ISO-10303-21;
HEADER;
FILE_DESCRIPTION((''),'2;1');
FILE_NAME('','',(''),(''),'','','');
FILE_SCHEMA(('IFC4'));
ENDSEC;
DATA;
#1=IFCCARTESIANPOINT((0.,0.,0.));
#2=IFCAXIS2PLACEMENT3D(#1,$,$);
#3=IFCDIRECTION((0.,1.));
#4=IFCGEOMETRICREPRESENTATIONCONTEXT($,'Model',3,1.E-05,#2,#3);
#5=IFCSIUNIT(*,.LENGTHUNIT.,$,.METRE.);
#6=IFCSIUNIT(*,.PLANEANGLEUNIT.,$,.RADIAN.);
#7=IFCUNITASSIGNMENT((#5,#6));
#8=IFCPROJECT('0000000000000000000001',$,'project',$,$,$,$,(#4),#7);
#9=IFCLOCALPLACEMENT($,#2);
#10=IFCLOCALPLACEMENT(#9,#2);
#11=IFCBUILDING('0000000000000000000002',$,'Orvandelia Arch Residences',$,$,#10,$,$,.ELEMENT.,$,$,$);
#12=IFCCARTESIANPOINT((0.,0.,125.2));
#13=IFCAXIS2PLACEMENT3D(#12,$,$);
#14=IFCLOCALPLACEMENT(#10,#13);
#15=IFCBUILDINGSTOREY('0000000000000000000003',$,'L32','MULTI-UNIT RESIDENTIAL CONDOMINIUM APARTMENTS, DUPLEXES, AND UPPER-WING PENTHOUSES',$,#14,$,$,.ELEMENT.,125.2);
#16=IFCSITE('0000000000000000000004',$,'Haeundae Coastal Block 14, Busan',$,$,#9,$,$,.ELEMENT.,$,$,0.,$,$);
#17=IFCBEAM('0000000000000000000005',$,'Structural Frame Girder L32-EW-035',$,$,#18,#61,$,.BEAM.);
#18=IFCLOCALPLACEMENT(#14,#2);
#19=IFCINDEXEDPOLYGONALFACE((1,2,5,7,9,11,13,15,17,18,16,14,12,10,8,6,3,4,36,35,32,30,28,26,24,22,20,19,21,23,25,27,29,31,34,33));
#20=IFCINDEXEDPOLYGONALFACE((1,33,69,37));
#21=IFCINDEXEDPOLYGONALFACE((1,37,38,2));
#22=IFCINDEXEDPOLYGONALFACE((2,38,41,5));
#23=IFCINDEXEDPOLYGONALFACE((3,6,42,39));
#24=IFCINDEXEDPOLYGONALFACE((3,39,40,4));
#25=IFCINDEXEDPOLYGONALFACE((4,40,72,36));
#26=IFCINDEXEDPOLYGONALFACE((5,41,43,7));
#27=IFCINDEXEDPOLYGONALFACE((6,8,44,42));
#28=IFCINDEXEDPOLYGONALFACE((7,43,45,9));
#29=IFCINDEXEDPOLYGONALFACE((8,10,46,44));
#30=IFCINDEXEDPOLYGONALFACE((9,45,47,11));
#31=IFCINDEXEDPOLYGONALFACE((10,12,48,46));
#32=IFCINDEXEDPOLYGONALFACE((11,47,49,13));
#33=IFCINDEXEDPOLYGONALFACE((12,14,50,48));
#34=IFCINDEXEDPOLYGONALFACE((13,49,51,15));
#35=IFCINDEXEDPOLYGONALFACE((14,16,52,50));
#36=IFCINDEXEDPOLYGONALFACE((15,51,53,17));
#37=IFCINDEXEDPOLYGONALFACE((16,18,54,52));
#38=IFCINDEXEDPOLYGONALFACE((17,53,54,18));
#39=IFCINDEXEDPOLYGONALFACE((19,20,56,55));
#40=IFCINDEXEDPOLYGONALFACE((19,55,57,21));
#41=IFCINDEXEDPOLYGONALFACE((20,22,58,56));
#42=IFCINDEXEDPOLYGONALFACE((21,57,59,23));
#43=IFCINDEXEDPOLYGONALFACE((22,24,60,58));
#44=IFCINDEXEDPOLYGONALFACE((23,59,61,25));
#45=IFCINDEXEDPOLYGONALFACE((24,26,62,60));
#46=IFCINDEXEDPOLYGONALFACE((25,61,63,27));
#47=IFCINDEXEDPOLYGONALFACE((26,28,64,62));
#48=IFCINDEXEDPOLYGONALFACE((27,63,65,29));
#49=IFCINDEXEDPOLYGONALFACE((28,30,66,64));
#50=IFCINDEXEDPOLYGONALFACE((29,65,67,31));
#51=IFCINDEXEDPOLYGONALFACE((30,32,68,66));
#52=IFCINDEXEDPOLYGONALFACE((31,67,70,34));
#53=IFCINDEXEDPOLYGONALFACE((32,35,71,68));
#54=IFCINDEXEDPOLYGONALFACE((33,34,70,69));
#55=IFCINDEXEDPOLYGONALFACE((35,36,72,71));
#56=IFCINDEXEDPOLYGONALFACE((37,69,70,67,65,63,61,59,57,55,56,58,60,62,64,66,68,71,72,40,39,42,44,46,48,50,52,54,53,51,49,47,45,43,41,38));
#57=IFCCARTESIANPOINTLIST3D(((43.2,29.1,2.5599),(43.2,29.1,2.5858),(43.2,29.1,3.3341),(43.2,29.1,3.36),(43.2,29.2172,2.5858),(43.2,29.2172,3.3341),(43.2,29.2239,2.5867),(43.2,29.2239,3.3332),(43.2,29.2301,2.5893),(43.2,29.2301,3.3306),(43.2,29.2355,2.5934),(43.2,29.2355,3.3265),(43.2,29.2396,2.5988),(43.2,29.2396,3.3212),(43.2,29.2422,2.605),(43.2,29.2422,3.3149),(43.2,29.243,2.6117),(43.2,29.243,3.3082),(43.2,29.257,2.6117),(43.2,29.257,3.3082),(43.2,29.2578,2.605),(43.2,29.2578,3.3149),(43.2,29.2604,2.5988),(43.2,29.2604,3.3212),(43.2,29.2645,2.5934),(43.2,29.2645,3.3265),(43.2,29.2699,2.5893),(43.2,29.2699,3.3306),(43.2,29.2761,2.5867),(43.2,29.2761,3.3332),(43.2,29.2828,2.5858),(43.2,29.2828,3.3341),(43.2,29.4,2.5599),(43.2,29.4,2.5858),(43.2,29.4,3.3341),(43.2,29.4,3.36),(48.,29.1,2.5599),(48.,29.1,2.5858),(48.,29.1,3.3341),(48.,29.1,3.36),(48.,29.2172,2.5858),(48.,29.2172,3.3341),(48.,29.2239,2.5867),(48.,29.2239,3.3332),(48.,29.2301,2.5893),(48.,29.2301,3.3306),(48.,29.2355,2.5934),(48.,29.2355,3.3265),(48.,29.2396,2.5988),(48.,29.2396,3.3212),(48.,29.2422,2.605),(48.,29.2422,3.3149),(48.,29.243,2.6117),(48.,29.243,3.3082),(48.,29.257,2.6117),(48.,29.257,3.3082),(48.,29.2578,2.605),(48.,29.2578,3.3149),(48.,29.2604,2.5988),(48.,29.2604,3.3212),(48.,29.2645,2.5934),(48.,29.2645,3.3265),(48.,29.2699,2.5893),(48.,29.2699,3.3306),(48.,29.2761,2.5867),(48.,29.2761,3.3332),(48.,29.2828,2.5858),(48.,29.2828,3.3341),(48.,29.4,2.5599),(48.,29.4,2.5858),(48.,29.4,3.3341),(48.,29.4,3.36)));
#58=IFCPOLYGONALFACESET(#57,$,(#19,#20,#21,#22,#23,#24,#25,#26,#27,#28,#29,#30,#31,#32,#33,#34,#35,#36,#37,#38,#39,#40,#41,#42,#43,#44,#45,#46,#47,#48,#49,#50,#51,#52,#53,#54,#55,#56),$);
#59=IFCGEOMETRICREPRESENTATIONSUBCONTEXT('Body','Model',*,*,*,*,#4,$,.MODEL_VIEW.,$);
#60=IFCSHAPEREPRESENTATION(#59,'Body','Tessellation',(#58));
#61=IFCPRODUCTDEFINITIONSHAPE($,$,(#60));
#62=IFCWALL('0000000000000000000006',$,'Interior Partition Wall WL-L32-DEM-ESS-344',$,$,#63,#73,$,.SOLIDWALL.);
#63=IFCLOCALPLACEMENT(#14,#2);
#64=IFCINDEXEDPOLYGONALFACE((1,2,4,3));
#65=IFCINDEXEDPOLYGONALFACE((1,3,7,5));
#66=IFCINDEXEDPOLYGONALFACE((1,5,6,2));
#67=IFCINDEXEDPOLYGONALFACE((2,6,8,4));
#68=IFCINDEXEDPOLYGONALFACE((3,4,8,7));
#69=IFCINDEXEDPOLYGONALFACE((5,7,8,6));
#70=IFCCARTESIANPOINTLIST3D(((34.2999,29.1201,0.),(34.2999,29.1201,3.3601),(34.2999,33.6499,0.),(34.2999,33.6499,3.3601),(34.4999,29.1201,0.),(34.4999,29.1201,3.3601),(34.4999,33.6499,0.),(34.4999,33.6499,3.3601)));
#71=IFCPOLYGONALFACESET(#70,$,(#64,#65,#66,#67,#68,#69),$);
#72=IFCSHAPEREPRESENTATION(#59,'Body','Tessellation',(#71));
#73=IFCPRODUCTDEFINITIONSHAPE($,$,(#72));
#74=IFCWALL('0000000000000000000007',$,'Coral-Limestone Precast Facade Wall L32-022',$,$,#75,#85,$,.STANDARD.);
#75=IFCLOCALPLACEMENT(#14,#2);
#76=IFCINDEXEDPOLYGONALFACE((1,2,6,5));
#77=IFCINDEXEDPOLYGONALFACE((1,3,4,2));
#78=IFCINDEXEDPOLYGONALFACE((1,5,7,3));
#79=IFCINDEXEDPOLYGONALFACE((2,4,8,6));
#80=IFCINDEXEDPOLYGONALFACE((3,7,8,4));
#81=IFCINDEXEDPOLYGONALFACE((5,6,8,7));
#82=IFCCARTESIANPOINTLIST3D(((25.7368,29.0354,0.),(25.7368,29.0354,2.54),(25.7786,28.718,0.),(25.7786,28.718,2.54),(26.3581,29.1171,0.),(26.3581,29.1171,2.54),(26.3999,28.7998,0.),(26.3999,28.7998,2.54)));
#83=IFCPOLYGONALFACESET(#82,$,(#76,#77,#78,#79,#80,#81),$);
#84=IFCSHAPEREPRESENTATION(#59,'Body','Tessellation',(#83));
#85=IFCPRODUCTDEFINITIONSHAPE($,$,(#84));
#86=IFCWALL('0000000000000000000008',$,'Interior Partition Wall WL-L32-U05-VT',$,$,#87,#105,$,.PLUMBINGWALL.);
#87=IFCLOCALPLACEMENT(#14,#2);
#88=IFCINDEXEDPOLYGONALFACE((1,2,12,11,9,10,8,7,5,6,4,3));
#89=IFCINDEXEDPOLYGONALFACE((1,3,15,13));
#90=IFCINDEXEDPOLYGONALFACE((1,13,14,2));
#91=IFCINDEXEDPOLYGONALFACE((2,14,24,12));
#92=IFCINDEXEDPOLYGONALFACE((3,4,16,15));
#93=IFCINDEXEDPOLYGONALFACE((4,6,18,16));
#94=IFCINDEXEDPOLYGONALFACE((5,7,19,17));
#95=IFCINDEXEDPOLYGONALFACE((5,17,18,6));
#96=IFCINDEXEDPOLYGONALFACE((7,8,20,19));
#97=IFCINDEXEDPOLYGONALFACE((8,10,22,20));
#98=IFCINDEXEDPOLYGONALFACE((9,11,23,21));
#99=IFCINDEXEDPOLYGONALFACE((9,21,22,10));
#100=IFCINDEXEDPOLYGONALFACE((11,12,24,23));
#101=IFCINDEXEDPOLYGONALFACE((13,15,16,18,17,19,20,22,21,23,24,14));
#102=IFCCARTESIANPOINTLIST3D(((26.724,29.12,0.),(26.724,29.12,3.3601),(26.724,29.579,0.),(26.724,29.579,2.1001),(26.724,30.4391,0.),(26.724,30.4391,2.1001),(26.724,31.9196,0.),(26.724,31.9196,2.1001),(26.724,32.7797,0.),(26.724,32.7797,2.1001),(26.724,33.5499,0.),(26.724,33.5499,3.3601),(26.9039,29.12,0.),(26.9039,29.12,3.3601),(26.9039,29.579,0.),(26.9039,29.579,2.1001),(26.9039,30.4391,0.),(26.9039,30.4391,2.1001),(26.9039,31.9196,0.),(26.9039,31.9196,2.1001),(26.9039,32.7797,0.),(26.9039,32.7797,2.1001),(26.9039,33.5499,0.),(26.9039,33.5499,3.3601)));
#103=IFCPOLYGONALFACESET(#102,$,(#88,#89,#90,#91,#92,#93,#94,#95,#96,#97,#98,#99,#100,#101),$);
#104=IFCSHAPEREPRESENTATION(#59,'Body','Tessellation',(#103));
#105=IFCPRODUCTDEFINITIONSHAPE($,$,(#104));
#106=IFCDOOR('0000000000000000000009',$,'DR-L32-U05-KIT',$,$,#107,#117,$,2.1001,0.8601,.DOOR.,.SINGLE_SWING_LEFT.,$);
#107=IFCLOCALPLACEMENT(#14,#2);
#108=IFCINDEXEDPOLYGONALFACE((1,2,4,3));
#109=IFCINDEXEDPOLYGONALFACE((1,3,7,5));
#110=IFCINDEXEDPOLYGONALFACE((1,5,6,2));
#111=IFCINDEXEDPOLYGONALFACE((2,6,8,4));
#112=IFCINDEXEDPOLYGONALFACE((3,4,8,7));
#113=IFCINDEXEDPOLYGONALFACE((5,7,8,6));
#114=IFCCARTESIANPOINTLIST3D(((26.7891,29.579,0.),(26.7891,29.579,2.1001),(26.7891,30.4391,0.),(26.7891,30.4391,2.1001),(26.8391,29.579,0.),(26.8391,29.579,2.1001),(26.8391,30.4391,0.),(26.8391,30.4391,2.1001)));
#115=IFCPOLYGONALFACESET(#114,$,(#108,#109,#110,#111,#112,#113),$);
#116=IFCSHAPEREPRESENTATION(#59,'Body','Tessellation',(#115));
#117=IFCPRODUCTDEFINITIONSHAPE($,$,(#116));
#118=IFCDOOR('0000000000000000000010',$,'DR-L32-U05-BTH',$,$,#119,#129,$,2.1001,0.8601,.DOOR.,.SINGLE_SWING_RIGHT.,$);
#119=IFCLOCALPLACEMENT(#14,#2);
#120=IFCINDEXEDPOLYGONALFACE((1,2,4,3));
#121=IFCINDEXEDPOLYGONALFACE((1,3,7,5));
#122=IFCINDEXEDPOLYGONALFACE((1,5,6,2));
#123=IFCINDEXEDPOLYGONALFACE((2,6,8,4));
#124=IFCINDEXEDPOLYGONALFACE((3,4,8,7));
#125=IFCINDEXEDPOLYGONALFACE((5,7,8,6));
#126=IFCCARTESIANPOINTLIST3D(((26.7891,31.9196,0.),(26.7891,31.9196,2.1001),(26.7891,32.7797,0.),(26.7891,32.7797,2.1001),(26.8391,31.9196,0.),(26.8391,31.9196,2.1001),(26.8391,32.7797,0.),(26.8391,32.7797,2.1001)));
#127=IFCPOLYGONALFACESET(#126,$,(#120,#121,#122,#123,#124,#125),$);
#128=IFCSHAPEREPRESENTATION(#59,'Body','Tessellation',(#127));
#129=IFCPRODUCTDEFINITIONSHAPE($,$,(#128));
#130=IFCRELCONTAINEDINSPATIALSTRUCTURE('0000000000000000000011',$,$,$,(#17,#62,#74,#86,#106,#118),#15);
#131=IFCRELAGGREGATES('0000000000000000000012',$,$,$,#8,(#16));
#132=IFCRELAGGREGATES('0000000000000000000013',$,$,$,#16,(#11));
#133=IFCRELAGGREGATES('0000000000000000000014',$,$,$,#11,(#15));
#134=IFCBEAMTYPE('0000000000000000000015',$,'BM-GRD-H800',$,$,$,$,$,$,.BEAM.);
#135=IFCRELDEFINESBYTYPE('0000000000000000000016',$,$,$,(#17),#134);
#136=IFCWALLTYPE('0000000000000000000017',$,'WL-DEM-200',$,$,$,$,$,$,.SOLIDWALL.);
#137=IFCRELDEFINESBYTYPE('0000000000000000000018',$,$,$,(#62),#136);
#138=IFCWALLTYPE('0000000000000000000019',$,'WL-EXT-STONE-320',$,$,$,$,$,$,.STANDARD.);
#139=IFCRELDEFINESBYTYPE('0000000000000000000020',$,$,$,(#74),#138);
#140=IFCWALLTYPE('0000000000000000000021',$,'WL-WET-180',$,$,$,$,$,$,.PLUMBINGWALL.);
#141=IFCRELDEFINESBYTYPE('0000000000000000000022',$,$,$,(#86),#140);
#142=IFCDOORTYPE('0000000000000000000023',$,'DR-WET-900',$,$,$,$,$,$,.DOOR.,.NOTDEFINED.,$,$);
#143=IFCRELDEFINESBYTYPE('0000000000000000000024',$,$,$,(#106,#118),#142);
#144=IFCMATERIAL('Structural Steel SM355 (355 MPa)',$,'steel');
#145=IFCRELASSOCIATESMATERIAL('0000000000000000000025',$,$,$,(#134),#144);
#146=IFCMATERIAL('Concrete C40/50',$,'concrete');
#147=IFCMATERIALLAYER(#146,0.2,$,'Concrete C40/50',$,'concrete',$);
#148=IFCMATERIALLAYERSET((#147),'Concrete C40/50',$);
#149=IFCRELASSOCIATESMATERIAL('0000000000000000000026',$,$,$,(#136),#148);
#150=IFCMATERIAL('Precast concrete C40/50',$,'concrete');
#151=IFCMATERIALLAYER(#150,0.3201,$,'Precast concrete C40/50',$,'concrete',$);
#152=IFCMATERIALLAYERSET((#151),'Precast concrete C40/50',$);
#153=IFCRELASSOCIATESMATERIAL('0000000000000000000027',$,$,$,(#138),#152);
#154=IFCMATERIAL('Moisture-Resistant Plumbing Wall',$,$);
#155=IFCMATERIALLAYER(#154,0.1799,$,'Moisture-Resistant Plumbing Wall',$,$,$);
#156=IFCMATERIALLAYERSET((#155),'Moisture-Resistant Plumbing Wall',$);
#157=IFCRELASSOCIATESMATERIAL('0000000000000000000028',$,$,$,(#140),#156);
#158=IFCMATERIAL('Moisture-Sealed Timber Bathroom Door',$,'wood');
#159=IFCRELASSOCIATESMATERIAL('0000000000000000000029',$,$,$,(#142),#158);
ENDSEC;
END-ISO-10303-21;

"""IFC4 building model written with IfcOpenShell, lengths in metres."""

from ifc_helpers import new_model, si_unit, direction, frame, frame_2d, origin, origin_2d, place, context, subcontext, project, spatial, rectangle, i_section, extrude, material, layer, layer_set, material_profile, profile_set, type_object, element, fill, save


model = new_model("IFC4")

# Units and contexts
model_context = context("Model", 3, precision=1e-05, world=origin(), true_north=direction((0.0, 1.0)))
body_context = subcontext(model_context, "Body", "Model", "MODEL_VIEW")
ifc_project = project(units=[si_unit("LENGTHUNIT", "METRE"), si_unit("PLANEANGLEUNIT", "RADIAN")], contexts=[model_context])

# Site, building, storey
site_placement = place(None, origin())
site = spatial("IfcSite", under=ifc_project, at=site_placement, Name="Haeundae Coastal Block 14, Busan", CompositionType="ELEMENT", RefElevation=0.0)
building_placement = place(site_placement, origin())
building = spatial("IfcBuilding", under=site, at=building_placement, Name="Orvandelia Arch Residences", CompositionType="ELEMENT")
storey_placement = place(building_placement, frame((0.0, 0.0, 125.2)))
storey = spatial("IfcBuildingStorey", under=building, at=storey_placement, Name="L32", Description="MULTI-UNIT RESIDENTIAL CONDOMINIUM APARTMENTS, DUPLEXES, AND UPPER-WING PENTHOUSES", CompositionType="ELEMENT", Elevation=125.2)

# Beam
ifc_material_1 = material(Name="Structural Steel SM355 (355 MPa)", Category="steel")
ifc_material_profile_1 = material_profile(ifc_material_1, i_section(OverallWidth=0.3, OverallDepth=0.8, WebThickness=0.0139, FlangeThickness=0.0259, FilletRadius=0.0259, at=origin_2d()), Name="Structural Steel SM355 (355 MPa)", Category="steel")
ifc_profile_set_1 = profile_set([ifc_material_profile_1], Name="Structural Steel SM355 (355 MPa)")
beam_type = type_object("IfcBeamType", Name="BM-GRD-H800", PredefinedType="BEAM", material=ifc_profile_set_1)
for number, where, z_axis, x_axis, name in (
    (1, (43.2, 29.25, 2.96), (1.0, 0.0, 0.0), (0.0, 1.0, 0.0), "Structural Frame Girder L32-EW-035"),
):
    element("IfcBeam", number, at=place(storey_placement, frame(where, z_axis=z_axis, x_axis=x_axis)), inside=storey, type_object=beam_type, Name=name, PredefinedType="BEAM", context=body_context, shape_type="SweptSolid", body=[
        extrude(i_section(OverallWidth=0.3, OverallDepth=0.8, WebThickness=0.0139, FlangeThickness=0.0259, FilletRadius=0.0259, at=origin_2d()), origin(), (0.0, 0.0, 1.0), 4.8),
    ])

# Walls
ifc_material_2 = material(Name="Concrete C40/50", Category="concrete")
ifc_layer_1 = layer(ifc_material_2, 0.2, Name="Concrete C40/50", Category="concrete")
ifc_layer_set_1 = layer_set([ifc_layer_1], Name="Concrete C40/50")
wall_type_1 = type_object("IfcWallType", Name="WL-DEM-200", PredefinedType="SOLIDWALL", material=ifc_layer_set_1)
wall_1_placement = place(storey_placement, frame((34.3999, 29.1201, 0.0), z_axis=(0.0, 0.0, 1.0), x_axis=(0.0, 1.0, 0.0)))
element("IfcWall", 2, at=wall_1_placement, inside=storey, type_object=wall_type_1, Name="Interior Partition Wall WL-L32-DEM-ESS-344", PredefinedType="SOLIDWALL", context=body_context, shape_type="SweptSolid", body=[
    extrude(rectangle(XDim=4.5298, YDim=0.2, at=frame_2d((2.2649, 0.0))), origin(), (0.0, 0.0, 1.0), 3.3601),
])
ifc_material_3 = material(Name="Precast concrete C40/50", Category="concrete")
ifc_layer_2 = layer(ifc_material_3, 0.3201, Name="Precast concrete C40/50", Category="concrete")
ifc_layer_set_2 = layer_set([ifc_layer_2], Name="Precast concrete C40/50")
wall_type_2 = type_object("IfcWallType", Name="WL-EXT-STONE-320", PredefinedType="STANDARD", material=ifc_layer_set_2)
wall_2_placement = place(storey_placement, frame((26.3792, 28.9585, 0.0), z_axis=(0.0, 0.0, 1.0), x_axis=(-0.991448, -0.130505, 0.0)))
element("IfcWall", 3, at=wall_2_placement, inside=storey, type_object=wall_type_2, Name="Coral-Limestone Precast Facade Wall L32-022", PredefinedType="STANDARD", context=body_context, shape_type="SweptSolid", body=[
    extrude(rectangle(XDim=0.6267, YDim=0.3201, at=frame_2d((0.3135, 0.0))), origin(), (0.0, 0.0, 1.0), 2.54),
])

# Wall, openings, doors
ifc_material_4 = material(Name="Moisture-Resistant Plumbing Wall")
ifc_layer_3 = layer(ifc_material_4, 0.1799, Name="Moisture-Resistant Plumbing Wall")
ifc_layer_set_3 = layer_set([ifc_layer_3], Name="Moisture-Resistant Plumbing Wall")
wall_type_3 = type_object("IfcWallType", Name="WL-WET-180", PredefinedType="PLUMBINGWALL", material=ifc_layer_set_3)
wall_3_placement = place(storey_placement, frame((26.814, 29.1201, 0.0), z_axis=(0.0, 0.0, 1.0), x_axis=(0.0, 1.0, 0.0)))
wall_3 = element("IfcWall", 4, at=wall_3_placement, inside=storey, type_object=wall_type_3, Name="Interior Partition Wall WL-L32-U05-VT", PredefinedType="PLUMBINGWALL", context=body_context, shape_type="SweptSolid", body=[
    extrude(rectangle(XDim=4.4299, YDim=0.1799, at=frame_2d((2.2148, 0.0))), origin(), (0.0, 0.0, 1.0), 3.3601),
])
opening_1_placement = place(wall_3_placement, frame((0.4587, 0.0, 0.0)))
opening_1 = element("IfcOpeningElement", 5, at=opening_1_placement, cuts=wall_3, PredefinedType="OPENING", context=body_context, shape_type="SweptSolid", body=[
    extrude(rectangle(XDim=0.8601, YDim=2.1001, at=frame_2d((0.4302, 1.05))), frame((0.0, 0.1001, 0.0), z_axis=(0.0, -1.0, 0.0), x_axis=(1.0, 0.0, 0.0)), (0.0, 0.0, 1.0), 0.2),
])
opening_2_placement = place(wall_3_placement, frame((2.7993, 0.0, 0.0)))
opening_2 = element("IfcOpeningElement", 6, at=opening_2_placement, cuts=wall_3, PredefinedType="OPENING", context=body_context, shape_type="SweptSolid", body=[
    extrude(rectangle(XDim=0.8601, YDim=2.1001, at=frame_2d((0.4302, 1.05))), frame((0.0, 0.1001, 0.0), z_axis=(0.0, -1.0, 0.0), x_axis=(1.0, 0.0, 0.0)), (0.0, 0.0, 1.0), 0.2),
])
ifc_material_5 = material(Name="Moisture-Sealed Timber Bathroom Door", Category="wood")
door_type = type_object("IfcDoorType", Name="DR-WET-900", OperationType="NOTDEFINED", PredefinedType="DOOR", material=ifc_material_5)
door_1_placement = place(opening_1_placement, origin())
door_1 = element("IfcDoor", 7, at=door_1_placement, inside=storey, type_object=door_type, Name="DR-L32-U05-KIT", OperationType="SINGLE_SWING_LEFT", OverallHeight=2.1001, OverallWidth=0.8601, PredefinedType="DOOR", context=body_context, shape_type="SweptSolid", body=[
    extrude(rectangle(XDim=0.8601, YDim=2.1001, at=frame_2d((0.4302, 1.05))), frame((0.0, 0.0249, 0.0), z_axis=(0.0, -1.0, 0.0), x_axis=(1.0, 0.0, 0.0)), (0.0, 0.0, 1.0), 0.05),
])
fill(opening_1, door_1)
door_2_placement = place(opening_2_placement, origin())
door_2 = element("IfcDoor", 8, at=door_2_placement, inside=storey, type_object=door_type, Name="DR-L32-U05-BTH", OperationType="SINGLE_SWING_RIGHT", OverallHeight=2.1001, OverallWidth=0.8601, PredefinedType="DOOR", context=body_context, shape_type="SweptSolid", body=[
    extrude(rectangle(XDim=0.8601, YDim=2.1001, at=frame_2d((0.4302, 1.05))), frame((0.0, 0.0249, 0.0), z_axis=(0.0, -1.0, 0.0), x_axis=(1.0, 0.0, 0.0)), (0.0, 0.0, 1.0), 0.05),
])
fill(opening_2, door_2)

save(model, "model.ifc")
